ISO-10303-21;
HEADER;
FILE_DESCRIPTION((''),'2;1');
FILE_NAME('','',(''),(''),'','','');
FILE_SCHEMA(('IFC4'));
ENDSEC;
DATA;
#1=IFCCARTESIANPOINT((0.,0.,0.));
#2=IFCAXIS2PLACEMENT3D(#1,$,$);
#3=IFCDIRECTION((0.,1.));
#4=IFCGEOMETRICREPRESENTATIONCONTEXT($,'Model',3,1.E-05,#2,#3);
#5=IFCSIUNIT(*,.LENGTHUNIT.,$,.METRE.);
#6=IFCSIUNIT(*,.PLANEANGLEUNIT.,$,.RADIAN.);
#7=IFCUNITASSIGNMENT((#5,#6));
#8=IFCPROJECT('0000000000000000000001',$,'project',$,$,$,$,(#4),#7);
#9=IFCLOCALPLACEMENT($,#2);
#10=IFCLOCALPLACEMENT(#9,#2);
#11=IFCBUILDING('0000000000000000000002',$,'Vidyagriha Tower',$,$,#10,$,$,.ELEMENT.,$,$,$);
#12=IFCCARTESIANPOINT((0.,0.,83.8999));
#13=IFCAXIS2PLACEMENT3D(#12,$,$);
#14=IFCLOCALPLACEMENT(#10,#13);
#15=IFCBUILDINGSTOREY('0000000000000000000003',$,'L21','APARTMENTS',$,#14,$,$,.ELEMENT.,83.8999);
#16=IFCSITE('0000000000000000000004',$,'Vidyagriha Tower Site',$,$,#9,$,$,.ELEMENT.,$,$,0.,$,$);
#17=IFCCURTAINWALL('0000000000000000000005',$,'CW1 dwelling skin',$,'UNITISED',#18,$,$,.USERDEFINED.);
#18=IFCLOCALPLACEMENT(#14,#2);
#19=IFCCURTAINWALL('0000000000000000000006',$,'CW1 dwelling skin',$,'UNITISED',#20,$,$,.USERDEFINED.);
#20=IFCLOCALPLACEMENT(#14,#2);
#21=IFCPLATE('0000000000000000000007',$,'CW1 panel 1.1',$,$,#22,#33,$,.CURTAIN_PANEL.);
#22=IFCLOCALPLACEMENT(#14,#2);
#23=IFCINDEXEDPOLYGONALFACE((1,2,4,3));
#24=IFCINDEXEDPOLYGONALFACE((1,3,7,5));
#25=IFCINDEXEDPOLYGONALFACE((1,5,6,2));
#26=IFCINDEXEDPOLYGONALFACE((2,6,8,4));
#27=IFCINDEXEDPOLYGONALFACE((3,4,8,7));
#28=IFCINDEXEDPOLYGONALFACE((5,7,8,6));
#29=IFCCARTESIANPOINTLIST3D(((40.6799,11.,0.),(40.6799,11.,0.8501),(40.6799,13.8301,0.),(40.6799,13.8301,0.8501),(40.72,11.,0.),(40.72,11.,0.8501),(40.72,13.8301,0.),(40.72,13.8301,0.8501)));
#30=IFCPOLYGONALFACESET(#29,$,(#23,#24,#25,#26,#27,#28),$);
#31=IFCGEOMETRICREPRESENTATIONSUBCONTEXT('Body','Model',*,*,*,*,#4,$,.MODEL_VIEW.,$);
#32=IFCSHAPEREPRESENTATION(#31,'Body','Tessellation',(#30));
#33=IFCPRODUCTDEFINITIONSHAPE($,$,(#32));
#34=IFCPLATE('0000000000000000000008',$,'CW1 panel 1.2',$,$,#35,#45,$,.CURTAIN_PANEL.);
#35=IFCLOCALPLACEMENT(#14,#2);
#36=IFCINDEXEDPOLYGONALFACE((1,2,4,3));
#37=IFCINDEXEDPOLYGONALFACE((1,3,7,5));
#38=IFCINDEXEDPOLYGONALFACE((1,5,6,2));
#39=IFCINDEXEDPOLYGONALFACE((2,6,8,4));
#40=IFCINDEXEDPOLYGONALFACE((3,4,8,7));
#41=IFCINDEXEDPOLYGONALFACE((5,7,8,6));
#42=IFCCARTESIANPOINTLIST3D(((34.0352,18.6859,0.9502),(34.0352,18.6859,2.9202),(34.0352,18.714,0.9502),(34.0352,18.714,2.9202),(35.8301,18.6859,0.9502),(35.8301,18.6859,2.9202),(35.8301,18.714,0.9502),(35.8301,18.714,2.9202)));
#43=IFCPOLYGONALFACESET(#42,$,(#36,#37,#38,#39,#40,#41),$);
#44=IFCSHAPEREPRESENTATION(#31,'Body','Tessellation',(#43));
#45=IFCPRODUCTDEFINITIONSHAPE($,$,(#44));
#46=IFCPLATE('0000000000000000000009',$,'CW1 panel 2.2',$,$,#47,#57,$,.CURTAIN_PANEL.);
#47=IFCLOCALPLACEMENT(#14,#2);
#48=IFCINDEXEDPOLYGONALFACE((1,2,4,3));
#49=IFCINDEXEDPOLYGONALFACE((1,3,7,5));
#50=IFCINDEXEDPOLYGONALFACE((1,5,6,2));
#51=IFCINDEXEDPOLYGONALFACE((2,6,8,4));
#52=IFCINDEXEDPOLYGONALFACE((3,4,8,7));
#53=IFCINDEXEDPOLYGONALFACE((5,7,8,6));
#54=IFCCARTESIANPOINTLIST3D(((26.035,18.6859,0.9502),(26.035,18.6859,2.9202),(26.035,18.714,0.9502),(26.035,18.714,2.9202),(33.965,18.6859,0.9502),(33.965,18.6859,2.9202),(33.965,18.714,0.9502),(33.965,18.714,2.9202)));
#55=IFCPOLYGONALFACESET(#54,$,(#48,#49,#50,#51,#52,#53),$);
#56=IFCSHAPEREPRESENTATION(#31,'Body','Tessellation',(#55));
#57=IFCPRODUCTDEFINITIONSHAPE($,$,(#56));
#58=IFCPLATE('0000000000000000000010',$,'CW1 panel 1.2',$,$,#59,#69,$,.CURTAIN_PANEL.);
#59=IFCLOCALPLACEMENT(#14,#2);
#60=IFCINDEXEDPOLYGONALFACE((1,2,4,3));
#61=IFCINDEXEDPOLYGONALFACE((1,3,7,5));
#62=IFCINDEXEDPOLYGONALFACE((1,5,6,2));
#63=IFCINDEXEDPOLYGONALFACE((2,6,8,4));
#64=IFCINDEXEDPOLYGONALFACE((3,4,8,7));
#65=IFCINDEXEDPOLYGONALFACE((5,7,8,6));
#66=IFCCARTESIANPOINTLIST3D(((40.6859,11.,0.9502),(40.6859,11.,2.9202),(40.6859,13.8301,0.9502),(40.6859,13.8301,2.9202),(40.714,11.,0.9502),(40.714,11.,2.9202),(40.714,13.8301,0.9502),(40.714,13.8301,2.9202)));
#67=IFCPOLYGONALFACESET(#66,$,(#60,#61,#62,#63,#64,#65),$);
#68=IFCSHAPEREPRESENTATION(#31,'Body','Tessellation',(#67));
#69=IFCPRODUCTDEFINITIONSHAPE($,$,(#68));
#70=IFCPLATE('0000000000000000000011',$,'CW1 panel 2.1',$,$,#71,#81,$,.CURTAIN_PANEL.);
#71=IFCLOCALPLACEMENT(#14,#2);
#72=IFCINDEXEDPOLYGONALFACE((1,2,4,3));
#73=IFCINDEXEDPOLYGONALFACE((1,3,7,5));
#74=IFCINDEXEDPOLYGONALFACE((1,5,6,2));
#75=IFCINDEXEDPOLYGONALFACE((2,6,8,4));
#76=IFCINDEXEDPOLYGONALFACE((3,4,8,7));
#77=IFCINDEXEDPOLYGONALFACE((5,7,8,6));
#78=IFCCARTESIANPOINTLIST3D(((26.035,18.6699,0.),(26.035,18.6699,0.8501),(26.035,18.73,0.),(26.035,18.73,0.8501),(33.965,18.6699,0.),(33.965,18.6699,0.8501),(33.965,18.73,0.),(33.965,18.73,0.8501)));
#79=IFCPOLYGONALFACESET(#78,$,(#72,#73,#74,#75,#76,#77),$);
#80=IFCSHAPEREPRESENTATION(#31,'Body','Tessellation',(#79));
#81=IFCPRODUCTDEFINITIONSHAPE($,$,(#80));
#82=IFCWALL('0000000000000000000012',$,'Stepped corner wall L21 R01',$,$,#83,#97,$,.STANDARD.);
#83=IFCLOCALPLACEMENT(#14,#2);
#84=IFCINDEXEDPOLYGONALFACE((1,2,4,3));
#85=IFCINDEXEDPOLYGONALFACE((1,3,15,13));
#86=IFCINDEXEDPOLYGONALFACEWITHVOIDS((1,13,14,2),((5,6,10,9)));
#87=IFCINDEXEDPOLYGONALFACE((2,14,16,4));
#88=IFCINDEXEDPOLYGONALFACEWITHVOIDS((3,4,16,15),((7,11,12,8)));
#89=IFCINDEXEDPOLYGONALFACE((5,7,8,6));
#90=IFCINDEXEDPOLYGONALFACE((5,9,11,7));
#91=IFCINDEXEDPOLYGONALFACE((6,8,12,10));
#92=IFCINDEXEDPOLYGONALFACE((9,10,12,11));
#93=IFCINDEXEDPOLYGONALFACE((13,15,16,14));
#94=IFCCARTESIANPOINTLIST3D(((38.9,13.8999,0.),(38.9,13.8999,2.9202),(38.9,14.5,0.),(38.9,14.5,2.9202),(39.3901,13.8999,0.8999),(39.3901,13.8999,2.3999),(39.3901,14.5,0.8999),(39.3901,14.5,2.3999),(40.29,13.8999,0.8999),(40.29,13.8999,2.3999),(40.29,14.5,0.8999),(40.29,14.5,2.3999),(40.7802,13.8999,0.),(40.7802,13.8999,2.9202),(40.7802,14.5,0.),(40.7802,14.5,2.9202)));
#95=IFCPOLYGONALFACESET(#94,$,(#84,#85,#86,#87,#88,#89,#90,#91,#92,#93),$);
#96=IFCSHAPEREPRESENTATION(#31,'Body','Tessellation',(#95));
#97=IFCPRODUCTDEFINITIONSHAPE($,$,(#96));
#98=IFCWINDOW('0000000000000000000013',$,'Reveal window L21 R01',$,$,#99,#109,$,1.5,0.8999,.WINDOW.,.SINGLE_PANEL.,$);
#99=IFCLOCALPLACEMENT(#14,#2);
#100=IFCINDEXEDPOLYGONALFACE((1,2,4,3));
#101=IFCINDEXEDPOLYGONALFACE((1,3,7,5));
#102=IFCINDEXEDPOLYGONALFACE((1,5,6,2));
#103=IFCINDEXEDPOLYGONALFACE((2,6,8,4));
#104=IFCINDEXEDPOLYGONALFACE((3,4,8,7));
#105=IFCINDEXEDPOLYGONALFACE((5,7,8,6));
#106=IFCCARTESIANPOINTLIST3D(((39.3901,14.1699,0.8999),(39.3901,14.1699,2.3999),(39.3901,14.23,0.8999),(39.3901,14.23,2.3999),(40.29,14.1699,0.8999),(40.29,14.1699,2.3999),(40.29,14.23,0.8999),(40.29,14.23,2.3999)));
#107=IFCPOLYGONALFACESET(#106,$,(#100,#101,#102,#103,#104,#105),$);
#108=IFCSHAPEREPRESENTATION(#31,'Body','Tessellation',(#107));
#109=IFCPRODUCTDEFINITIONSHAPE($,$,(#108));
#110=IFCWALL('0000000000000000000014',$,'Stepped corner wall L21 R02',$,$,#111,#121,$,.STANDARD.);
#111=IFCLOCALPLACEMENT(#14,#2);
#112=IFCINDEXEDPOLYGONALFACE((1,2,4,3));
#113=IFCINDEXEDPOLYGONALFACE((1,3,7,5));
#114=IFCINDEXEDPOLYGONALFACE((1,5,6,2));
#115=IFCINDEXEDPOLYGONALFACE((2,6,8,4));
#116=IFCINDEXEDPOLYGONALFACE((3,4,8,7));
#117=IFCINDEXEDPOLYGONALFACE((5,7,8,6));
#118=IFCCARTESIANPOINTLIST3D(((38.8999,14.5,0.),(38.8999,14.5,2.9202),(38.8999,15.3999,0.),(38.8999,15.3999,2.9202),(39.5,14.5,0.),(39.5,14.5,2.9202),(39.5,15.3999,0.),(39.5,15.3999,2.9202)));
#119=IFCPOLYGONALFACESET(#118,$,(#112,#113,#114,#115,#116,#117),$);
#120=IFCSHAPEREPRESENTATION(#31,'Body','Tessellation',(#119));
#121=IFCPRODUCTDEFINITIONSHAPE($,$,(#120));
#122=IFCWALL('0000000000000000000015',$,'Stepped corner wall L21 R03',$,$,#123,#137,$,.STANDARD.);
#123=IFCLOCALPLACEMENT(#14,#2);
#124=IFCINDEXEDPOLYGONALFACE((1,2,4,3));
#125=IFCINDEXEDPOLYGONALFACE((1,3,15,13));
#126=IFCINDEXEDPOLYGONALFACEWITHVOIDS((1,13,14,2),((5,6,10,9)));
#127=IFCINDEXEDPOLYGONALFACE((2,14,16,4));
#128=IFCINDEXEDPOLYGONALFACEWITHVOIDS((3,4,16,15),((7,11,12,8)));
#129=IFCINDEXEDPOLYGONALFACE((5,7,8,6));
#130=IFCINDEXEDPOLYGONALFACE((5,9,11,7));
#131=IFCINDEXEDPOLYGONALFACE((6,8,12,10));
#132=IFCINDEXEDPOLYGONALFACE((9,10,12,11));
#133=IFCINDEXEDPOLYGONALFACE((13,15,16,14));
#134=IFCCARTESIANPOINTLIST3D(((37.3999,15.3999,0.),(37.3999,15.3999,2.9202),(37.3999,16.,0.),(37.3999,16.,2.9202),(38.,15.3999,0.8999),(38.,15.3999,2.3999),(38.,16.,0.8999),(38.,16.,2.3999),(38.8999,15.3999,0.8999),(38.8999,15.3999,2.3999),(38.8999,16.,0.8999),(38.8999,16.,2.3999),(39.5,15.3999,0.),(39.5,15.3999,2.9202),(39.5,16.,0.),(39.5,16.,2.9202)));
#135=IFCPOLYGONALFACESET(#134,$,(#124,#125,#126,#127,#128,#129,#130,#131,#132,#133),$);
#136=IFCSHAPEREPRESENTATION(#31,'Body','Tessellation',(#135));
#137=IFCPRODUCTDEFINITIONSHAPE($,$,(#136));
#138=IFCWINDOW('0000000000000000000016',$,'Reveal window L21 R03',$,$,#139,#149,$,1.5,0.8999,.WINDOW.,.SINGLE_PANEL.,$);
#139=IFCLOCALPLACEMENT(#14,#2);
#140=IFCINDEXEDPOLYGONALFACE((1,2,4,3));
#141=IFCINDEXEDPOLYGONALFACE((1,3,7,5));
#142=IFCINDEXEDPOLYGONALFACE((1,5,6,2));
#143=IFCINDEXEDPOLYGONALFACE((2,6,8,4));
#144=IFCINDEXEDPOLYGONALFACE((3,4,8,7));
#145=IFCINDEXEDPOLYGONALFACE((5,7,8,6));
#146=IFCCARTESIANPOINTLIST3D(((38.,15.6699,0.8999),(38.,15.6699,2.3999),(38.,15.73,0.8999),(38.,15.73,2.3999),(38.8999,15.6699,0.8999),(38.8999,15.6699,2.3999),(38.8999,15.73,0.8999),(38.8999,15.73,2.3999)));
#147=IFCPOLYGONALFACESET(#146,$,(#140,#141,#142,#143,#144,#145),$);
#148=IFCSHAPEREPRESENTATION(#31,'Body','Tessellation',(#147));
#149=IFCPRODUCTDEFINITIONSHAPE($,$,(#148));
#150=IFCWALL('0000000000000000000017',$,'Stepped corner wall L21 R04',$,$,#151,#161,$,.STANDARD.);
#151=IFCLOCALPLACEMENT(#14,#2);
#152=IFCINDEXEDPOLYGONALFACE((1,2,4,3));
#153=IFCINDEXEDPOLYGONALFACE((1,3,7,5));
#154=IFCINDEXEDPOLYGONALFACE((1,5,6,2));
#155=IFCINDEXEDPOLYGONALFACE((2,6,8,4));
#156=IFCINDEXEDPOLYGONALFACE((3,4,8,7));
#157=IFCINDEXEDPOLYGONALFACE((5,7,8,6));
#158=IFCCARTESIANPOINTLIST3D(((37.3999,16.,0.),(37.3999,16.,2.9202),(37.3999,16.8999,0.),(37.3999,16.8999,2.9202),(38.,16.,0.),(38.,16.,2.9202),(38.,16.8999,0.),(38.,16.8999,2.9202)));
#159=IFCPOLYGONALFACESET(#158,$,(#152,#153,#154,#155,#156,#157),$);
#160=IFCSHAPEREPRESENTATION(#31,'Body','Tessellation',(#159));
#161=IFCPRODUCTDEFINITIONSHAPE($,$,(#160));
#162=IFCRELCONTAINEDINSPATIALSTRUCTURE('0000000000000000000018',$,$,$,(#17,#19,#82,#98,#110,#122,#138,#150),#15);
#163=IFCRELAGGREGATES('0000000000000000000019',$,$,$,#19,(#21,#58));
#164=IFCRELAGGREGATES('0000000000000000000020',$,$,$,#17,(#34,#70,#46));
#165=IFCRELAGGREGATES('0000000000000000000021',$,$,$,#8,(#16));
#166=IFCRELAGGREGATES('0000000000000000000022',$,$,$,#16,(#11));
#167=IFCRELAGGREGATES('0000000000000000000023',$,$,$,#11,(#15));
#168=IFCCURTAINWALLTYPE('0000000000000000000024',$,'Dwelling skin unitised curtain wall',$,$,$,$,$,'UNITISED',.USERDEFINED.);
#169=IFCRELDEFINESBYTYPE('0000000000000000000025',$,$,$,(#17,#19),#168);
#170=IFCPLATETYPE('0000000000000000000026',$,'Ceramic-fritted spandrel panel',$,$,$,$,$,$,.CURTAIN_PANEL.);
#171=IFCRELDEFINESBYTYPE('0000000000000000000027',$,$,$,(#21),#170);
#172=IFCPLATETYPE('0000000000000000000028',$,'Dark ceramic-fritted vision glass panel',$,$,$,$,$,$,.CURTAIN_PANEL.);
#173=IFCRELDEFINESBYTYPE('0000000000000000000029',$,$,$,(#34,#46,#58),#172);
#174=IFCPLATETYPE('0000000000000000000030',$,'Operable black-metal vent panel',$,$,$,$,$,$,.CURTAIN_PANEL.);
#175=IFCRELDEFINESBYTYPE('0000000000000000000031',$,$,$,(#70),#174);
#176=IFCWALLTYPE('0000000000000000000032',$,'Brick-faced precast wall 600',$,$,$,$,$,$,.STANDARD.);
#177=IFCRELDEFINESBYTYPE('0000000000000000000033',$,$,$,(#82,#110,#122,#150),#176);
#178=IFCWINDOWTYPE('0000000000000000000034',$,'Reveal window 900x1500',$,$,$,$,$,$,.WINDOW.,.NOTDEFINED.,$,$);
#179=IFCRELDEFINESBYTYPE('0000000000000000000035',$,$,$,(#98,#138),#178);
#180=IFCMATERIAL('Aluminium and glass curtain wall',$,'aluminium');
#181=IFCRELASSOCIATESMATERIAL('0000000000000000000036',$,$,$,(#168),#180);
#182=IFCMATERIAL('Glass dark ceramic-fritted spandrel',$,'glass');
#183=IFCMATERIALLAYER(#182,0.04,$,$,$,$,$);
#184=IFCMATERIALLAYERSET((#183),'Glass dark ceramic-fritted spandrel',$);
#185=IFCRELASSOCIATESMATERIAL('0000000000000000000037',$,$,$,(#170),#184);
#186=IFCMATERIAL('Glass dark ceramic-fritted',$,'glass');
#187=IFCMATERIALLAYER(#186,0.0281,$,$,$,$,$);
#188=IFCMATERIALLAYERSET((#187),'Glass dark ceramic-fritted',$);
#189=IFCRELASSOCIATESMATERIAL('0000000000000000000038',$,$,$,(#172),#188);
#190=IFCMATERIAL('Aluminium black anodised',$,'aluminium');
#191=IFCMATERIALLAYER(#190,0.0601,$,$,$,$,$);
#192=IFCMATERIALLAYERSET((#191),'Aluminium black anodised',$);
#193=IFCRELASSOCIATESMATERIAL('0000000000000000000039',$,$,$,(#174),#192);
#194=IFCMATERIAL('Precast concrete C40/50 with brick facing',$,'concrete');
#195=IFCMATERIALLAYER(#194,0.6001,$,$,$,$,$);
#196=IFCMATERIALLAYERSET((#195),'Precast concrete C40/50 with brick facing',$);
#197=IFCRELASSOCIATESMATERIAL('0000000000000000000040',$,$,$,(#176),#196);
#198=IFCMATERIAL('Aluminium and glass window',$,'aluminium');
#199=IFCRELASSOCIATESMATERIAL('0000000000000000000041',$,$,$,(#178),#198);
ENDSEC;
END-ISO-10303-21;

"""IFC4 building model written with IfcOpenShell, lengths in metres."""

from ifc_helpers import new_model, si_unit, direction, frame, frame_2d, origin, origin_2d, place, context, subcontext, project, spatial, rectangle, extrude, material, layer, layer_set, type_object, element, fill, aggregate, save


model = new_model("IFC4")

# Units and contexts
model_context = context("Model", 3, precision=1e-05, world=origin(), true_north=direction((0.0, 1.0)))
body_context = subcontext(model_context, "Body", "Model", "MODEL_VIEW")
ifc_project = project(units=[si_unit("LENGTHUNIT", "METRE"), si_unit("PLANEANGLEUNIT", "RADIAN")], contexts=[model_context])

# Site, building, storey
site_placement = place(None, origin())
site = spatial("IfcSite", under=ifc_project, at=site_placement, Name="Vidyagriha Tower Site", CompositionType="ELEMENT", RefElevation=0.0)
building_placement = place(site_placement, origin())
building = spatial("IfcBuilding", under=site, at=building_placement, Name="Vidyagriha Tower", CompositionType="ELEMENT")
storey_placement = place(building_placement, frame((0.0, 0.0, 83.8999)))
storey = spatial("IfcBuildingStorey", under=building, at=storey_placement, Name="L21", Description="APARTMENTS", CompositionType="ELEMENT", Elevation=83.8999)

# Curtain wall
ifc_material_1 = material(Name="Aluminium and glass curtain wall", Category="aluminium")
curtain_wall_type = type_object("IfcCurtainWallType", Name="Dwelling skin unitised curtain wall", ElementType="UNITISED", PredefinedType="USERDEFINED", material=ifc_material_1)
curtain_wall_1_placement = place(storey_placement, origin())
curtain_wall_1 = element("IfcCurtainWall", 1, at=curtain_wall_1_placement, inside=storey, type_object=curtain_wall_type, Name="CW1 dwelling skin", ObjectType="UNITISED", PredefinedType="USERDEFINED")

# Curtain wall
curtain_wall_2_placement = place(storey_placement, origin())
curtain_wall_2 = element("IfcCurtainWall", 2, at=curtain_wall_2_placement, inside=storey, type_object=curtain_wall_type, Name="CW1 dwelling skin", ObjectType="UNITISED", PredefinedType="USERDEFINED")

# Plates
ifc_material_2 = material(Name="Glass dark ceramic-fritted spandrel", Category="glass")
ifc_layer_1 = layer(ifc_material_2, 0.04)
ifc_layer_set_1 = layer_set([ifc_layer_1], Name="Glass dark ceramic-fritted spandrel")
plate_type_1 = type_object("IfcPlateType", Name="Ceramic-fritted spandrel panel", PredefinedType="CURTAIN_PANEL", material=ifc_layer_set_1)
plate_1_placement = place(storey_placement, frame((40.7, 12.415, 0.0), z_axis=(0.0, 0.0, 1.0), x_axis=(0.0, 1.0, 0.0)))
plate_1 = element("IfcPlate", 3, at=plate_1_placement, type_object=plate_type_1, Name="CW1 panel 1.1", PredefinedType="CURTAIN_PANEL", context=body_context, shape_type="SweptSolid", body=[
    extrude(rectangle(XDim=2.8301, YDim=0.04, at=origin_2d()), origin(), (0.0, 0.0, 1.0), 0.8501),
])
ifc_material_3 = material(Name="Glass dark ceramic-fritted", Category="glass")
ifc_layer_2 = layer(ifc_material_3, 0.0281)
ifc_layer_set_2 = layer_set([ifc_layer_2], Name="Glass dark ceramic-fritted")
plate_type_2 = type_object("IfcPlateType", Name="Dark ceramic-fritted vision glass panel", PredefinedType="CURTAIN_PANEL", material=ifc_layer_set_2)
plate_2_placement = place(storey_placement, frame((34.9326, 18.7, 0.9502), z_axis=(0.0, 0.0, 1.0), x_axis=(-1.0, 0.0, 0.0)))
plate_2 = element("IfcPlate", 4, at=plate_2_placement, type_object=plate_type_2, Name="CW1 panel 1.2", PredefinedType="CURTAIN_PANEL", context=body_context, shape_type="SweptSolid", body=[
    extrude(rectangle(XDim=1.7949, YDim=0.0281, at=origin_2d()), origin(), (0.0, 0.0, 1.0), 1.97),
])
plate_3_placement = place(storey_placement, frame((30.0, 18.7, 0.9502), z_axis=(0.0, 0.0, 1.0), x_axis=(-1.0, 0.0, 0.0)))
plate_3 = element("IfcPlate", 5, at=plate_3_placement, type_object=plate_type_2, Name="CW1 panel 2.2", PredefinedType="CURTAIN_PANEL", context=body_context, shape_type="SweptSolid", body=[
    extrude(rectangle(XDim=7.9299, YDim=0.0281, at=origin_2d()), origin(), (0.0, 0.0, 1.0), 1.97),
])
plate_4_placement = place(storey_placement, frame((40.7, 12.415, 0.9502), z_axis=(0.0, 0.0, 1.0), x_axis=(0.0, 1.0, 0.0)))
plate_4 = element("IfcPlate", 6, at=plate_4_placement, type_object=plate_type_2, Name="CW1 panel 1.2", PredefinedType="CURTAIN_PANEL", context=body_context, shape_type="SweptSolid", body=[
    extrude(rectangle(XDim=2.8301, YDim=0.0281, at=origin_2d()), origin(), (0.0, 0.0, 1.0), 1.97),
])
aggregate(curtain_wall_2, [plate_1, plate_4])
ifc_material_4 = material(Name="Aluminium black anodised", Category="aluminium")
ifc_layer_3 = layer(ifc_material_4, 0.0601)
ifc_layer_set_3 = layer_set([ifc_layer_3], Name="Aluminium black anodised")
plate_type_3 = type_object("IfcPlateType", Name="Operable black-metal vent panel", PredefinedType="CURTAIN_PANEL", material=ifc_layer_set_3)
plate_5_placement = place(storey_placement, frame((30.0, 18.7, 0.0), z_axis=(0.0, 0.0, 1.0), x_axis=(-1.0, 0.0, 0.0)))
plate_5 = element("IfcPlate", 7, at=plate_5_placement, type_object=plate_type_3, Name="CW1 panel 2.1", PredefinedType="CURTAIN_PANEL", context=body_context, shape_type="SweptSolid", body=[
    extrude(rectangle(XDim=7.9299, YDim=0.0601, at=origin_2d()), origin(), (0.0, 0.0, 1.0), 0.8501),
])
aggregate(curtain_wall_1, [plate_2, plate_5, plate_3])

# Wall, opening, window
ifc_material_5 = material(Name="Precast concrete C40/50 with brick facing", Category="concrete")
ifc_layer_4 = layer(ifc_material_5, 0.6001)
ifc_layer_set_4 = layer_set([ifc_layer_4], Name="Precast concrete C40/50 with brick facing")
wall_type_1 = type_object("IfcWallType", Name="Brick-faced precast wall 600", PredefinedType="STANDARD", material=ifc_layer_set_4)
wall_1_placement = place(storey_placement, frame((40.78, 14.2, 0.0), z_axis=(0.0, 0.0, 1.0), x_axis=(-1.0, 0.0, 0.0)))
wall_1 = element("IfcWall", 8, at=wall_1_placement, inside=storey, type_object=wall_type_1, Name="Stepped corner wall L21 R01", PredefinedType="STANDARD", context=body_context, shape_type="SweptSolid", body=[
    extrude(rectangle(XDim=1.8801, YDim=0.6001, at=frame_2d((0.9399, 0.0))), origin(), (0.0, 0.0, 1.0), 2.9202),
])
opening_1_placement = place(wall_1_placement, frame((0.49, 0.0, 0.8999)))
opening_1 = element("IfcOpeningElement", 9, at=opening_1_placement, cuts=wall_1, PredefinedType="OPENING", context=body_context, shape_type="SweptSolid", body=[
    extrude(rectangle(XDim=0.8999, YDim=1.5, at=frame_2d((0.45, 0.75))), frame((0.0, 0.3101, 0.0), z_axis=(0.0, -1.0, 0.0), x_axis=(1.0, 0.0, 0.0)), (0.0, 0.0, 1.0), 0.6201),
])
ifc_material_6 = material(Name="Aluminium and glass window", Category="aluminium")
window_type = type_object("IfcWindowType", Name="Reveal window 900x1500", PartitioningType="NOTDEFINED", PredefinedType="WINDOW", material=ifc_material_6)
window_1_placement = place(opening_1_placement, origin())
window_1 = element("IfcWindow", 10, at=window_1_placement, inside=storey, type_object=window_type, Name="Reveal window L21 R01", OverallHeight=1.5, OverallWidth=0.8999, PartitioningType="SINGLE_PANEL", PredefinedType="WINDOW", context=body_context, shape_type="SweptSolid", body=[
    extrude(rectangle(XDim=0.8999, YDim=1.5, at=frame_2d((0.45, 0.75))), frame((0.0, 0.03, 0.0), z_axis=(0.0, -1.0, 0.0), x_axis=(1.0, 0.0, 0.0)), (0.0, 0.0, 1.0), 0.0601),
])
fill(opening_1, window_1)

# Wall
wall_2_placement = place(storey_placement, frame((39.2, 14.5, 0.0), z_axis=(0.0, 0.0, 1.0), x_axis=(0.0, 1.0, 0.0)))
element("IfcWall", 11, at=wall_2_placement, inside=storey, type_object=wall_type_1, Name="Stepped corner wall L21 R02", PredefinedType="STANDARD", context=body_context, shape_type="SweptSolid", body=[
    extrude(rectangle(XDim=0.8999, YDim=0.6001, at=frame_2d((0.45, 0.0))), origin(), (0.0, 0.0, 1.0), 2.9202),
])

# Wall, opening, window
wall_3_placement = place(storey_placement, frame((39.5, 15.7, 0.0), z_axis=(0.0, 0.0, 1.0), x_axis=(-1.0, 0.0, 0.0)))
wall_3 = element("IfcWall", 12, at=wall_3_placement, inside=storey, type_object=wall_type_1, Name="Stepped corner wall L21 R03", PredefinedType="STANDARD", context=body_context, shape_type="SweptSolid", body=[
    extrude(rectangle(XDim=2.1001, YDim=0.6001, at=frame_2d((1.05, 0.0))), origin(), (0.0, 0.0, 1.0), 2.9202),
])
opening_2_placement = place(wall_3_placement, frame((0.6001, 0.0, 0.8999)))
opening_2 = element("IfcOpeningElement", 13, at=opening_2_placement, cuts=wall_3, PredefinedType="OPENING", context=body_context, shape_type="SweptSolid", body=[
    extrude(rectangle(XDim=0.8999, YDim=1.5, at=frame_2d((0.45, 0.75))), frame((0.0, 0.3101, 0.0), z_axis=(0.0, -1.0, 0.0), x_axis=(1.0, 0.0, 0.0)), (0.0, 0.0, 1.0), 0.6201),
])
window_2_placement = place(opening_2_placement, origin())
window_2 = element("IfcWindow", 14, at=window_2_placement, inside=storey, type_object=window_type, Name="Reveal window L21 R03", OverallHeight=1.5, OverallWidth=0.8999, PartitioningType="SINGLE_PANEL", PredefinedType="WINDOW", context=body_context, shape_type="SweptSolid", body=[
    extrude(rectangle(XDim=0.8999, YDim=1.5, at=frame_2d((0.45, 0.75))), frame((0.0, 0.03, 0.0), z_axis=(0.0, -1.0, 0.0), x_axis=(1.0, 0.0, 0.0)), (0.0, 0.0, 1.0), 0.0601),
])
fill(opening_2, window_2)

# Wall
wall_4_placement = place(storey_placement, frame((37.7, 16.0, 0.0), z_axis=(0.0, 0.0, 1.0), x_axis=(0.0, 1.0, 0.0)))
element("IfcWall", 15, at=wall_4_placement, inside=storey, type_object=wall_type_1, Name="Stepped corner wall L21 R04", PredefinedType="STANDARD", context=body_context, shape_type="SweptSolid", body=[
    extrude(rectangle(XDim=0.8999, YDim=0.6001, at=frame_2d((0.45, 0.0))), origin(), (0.0, 0.0, 1.0), 2.9202),
])

save(model, "model.ifc")
